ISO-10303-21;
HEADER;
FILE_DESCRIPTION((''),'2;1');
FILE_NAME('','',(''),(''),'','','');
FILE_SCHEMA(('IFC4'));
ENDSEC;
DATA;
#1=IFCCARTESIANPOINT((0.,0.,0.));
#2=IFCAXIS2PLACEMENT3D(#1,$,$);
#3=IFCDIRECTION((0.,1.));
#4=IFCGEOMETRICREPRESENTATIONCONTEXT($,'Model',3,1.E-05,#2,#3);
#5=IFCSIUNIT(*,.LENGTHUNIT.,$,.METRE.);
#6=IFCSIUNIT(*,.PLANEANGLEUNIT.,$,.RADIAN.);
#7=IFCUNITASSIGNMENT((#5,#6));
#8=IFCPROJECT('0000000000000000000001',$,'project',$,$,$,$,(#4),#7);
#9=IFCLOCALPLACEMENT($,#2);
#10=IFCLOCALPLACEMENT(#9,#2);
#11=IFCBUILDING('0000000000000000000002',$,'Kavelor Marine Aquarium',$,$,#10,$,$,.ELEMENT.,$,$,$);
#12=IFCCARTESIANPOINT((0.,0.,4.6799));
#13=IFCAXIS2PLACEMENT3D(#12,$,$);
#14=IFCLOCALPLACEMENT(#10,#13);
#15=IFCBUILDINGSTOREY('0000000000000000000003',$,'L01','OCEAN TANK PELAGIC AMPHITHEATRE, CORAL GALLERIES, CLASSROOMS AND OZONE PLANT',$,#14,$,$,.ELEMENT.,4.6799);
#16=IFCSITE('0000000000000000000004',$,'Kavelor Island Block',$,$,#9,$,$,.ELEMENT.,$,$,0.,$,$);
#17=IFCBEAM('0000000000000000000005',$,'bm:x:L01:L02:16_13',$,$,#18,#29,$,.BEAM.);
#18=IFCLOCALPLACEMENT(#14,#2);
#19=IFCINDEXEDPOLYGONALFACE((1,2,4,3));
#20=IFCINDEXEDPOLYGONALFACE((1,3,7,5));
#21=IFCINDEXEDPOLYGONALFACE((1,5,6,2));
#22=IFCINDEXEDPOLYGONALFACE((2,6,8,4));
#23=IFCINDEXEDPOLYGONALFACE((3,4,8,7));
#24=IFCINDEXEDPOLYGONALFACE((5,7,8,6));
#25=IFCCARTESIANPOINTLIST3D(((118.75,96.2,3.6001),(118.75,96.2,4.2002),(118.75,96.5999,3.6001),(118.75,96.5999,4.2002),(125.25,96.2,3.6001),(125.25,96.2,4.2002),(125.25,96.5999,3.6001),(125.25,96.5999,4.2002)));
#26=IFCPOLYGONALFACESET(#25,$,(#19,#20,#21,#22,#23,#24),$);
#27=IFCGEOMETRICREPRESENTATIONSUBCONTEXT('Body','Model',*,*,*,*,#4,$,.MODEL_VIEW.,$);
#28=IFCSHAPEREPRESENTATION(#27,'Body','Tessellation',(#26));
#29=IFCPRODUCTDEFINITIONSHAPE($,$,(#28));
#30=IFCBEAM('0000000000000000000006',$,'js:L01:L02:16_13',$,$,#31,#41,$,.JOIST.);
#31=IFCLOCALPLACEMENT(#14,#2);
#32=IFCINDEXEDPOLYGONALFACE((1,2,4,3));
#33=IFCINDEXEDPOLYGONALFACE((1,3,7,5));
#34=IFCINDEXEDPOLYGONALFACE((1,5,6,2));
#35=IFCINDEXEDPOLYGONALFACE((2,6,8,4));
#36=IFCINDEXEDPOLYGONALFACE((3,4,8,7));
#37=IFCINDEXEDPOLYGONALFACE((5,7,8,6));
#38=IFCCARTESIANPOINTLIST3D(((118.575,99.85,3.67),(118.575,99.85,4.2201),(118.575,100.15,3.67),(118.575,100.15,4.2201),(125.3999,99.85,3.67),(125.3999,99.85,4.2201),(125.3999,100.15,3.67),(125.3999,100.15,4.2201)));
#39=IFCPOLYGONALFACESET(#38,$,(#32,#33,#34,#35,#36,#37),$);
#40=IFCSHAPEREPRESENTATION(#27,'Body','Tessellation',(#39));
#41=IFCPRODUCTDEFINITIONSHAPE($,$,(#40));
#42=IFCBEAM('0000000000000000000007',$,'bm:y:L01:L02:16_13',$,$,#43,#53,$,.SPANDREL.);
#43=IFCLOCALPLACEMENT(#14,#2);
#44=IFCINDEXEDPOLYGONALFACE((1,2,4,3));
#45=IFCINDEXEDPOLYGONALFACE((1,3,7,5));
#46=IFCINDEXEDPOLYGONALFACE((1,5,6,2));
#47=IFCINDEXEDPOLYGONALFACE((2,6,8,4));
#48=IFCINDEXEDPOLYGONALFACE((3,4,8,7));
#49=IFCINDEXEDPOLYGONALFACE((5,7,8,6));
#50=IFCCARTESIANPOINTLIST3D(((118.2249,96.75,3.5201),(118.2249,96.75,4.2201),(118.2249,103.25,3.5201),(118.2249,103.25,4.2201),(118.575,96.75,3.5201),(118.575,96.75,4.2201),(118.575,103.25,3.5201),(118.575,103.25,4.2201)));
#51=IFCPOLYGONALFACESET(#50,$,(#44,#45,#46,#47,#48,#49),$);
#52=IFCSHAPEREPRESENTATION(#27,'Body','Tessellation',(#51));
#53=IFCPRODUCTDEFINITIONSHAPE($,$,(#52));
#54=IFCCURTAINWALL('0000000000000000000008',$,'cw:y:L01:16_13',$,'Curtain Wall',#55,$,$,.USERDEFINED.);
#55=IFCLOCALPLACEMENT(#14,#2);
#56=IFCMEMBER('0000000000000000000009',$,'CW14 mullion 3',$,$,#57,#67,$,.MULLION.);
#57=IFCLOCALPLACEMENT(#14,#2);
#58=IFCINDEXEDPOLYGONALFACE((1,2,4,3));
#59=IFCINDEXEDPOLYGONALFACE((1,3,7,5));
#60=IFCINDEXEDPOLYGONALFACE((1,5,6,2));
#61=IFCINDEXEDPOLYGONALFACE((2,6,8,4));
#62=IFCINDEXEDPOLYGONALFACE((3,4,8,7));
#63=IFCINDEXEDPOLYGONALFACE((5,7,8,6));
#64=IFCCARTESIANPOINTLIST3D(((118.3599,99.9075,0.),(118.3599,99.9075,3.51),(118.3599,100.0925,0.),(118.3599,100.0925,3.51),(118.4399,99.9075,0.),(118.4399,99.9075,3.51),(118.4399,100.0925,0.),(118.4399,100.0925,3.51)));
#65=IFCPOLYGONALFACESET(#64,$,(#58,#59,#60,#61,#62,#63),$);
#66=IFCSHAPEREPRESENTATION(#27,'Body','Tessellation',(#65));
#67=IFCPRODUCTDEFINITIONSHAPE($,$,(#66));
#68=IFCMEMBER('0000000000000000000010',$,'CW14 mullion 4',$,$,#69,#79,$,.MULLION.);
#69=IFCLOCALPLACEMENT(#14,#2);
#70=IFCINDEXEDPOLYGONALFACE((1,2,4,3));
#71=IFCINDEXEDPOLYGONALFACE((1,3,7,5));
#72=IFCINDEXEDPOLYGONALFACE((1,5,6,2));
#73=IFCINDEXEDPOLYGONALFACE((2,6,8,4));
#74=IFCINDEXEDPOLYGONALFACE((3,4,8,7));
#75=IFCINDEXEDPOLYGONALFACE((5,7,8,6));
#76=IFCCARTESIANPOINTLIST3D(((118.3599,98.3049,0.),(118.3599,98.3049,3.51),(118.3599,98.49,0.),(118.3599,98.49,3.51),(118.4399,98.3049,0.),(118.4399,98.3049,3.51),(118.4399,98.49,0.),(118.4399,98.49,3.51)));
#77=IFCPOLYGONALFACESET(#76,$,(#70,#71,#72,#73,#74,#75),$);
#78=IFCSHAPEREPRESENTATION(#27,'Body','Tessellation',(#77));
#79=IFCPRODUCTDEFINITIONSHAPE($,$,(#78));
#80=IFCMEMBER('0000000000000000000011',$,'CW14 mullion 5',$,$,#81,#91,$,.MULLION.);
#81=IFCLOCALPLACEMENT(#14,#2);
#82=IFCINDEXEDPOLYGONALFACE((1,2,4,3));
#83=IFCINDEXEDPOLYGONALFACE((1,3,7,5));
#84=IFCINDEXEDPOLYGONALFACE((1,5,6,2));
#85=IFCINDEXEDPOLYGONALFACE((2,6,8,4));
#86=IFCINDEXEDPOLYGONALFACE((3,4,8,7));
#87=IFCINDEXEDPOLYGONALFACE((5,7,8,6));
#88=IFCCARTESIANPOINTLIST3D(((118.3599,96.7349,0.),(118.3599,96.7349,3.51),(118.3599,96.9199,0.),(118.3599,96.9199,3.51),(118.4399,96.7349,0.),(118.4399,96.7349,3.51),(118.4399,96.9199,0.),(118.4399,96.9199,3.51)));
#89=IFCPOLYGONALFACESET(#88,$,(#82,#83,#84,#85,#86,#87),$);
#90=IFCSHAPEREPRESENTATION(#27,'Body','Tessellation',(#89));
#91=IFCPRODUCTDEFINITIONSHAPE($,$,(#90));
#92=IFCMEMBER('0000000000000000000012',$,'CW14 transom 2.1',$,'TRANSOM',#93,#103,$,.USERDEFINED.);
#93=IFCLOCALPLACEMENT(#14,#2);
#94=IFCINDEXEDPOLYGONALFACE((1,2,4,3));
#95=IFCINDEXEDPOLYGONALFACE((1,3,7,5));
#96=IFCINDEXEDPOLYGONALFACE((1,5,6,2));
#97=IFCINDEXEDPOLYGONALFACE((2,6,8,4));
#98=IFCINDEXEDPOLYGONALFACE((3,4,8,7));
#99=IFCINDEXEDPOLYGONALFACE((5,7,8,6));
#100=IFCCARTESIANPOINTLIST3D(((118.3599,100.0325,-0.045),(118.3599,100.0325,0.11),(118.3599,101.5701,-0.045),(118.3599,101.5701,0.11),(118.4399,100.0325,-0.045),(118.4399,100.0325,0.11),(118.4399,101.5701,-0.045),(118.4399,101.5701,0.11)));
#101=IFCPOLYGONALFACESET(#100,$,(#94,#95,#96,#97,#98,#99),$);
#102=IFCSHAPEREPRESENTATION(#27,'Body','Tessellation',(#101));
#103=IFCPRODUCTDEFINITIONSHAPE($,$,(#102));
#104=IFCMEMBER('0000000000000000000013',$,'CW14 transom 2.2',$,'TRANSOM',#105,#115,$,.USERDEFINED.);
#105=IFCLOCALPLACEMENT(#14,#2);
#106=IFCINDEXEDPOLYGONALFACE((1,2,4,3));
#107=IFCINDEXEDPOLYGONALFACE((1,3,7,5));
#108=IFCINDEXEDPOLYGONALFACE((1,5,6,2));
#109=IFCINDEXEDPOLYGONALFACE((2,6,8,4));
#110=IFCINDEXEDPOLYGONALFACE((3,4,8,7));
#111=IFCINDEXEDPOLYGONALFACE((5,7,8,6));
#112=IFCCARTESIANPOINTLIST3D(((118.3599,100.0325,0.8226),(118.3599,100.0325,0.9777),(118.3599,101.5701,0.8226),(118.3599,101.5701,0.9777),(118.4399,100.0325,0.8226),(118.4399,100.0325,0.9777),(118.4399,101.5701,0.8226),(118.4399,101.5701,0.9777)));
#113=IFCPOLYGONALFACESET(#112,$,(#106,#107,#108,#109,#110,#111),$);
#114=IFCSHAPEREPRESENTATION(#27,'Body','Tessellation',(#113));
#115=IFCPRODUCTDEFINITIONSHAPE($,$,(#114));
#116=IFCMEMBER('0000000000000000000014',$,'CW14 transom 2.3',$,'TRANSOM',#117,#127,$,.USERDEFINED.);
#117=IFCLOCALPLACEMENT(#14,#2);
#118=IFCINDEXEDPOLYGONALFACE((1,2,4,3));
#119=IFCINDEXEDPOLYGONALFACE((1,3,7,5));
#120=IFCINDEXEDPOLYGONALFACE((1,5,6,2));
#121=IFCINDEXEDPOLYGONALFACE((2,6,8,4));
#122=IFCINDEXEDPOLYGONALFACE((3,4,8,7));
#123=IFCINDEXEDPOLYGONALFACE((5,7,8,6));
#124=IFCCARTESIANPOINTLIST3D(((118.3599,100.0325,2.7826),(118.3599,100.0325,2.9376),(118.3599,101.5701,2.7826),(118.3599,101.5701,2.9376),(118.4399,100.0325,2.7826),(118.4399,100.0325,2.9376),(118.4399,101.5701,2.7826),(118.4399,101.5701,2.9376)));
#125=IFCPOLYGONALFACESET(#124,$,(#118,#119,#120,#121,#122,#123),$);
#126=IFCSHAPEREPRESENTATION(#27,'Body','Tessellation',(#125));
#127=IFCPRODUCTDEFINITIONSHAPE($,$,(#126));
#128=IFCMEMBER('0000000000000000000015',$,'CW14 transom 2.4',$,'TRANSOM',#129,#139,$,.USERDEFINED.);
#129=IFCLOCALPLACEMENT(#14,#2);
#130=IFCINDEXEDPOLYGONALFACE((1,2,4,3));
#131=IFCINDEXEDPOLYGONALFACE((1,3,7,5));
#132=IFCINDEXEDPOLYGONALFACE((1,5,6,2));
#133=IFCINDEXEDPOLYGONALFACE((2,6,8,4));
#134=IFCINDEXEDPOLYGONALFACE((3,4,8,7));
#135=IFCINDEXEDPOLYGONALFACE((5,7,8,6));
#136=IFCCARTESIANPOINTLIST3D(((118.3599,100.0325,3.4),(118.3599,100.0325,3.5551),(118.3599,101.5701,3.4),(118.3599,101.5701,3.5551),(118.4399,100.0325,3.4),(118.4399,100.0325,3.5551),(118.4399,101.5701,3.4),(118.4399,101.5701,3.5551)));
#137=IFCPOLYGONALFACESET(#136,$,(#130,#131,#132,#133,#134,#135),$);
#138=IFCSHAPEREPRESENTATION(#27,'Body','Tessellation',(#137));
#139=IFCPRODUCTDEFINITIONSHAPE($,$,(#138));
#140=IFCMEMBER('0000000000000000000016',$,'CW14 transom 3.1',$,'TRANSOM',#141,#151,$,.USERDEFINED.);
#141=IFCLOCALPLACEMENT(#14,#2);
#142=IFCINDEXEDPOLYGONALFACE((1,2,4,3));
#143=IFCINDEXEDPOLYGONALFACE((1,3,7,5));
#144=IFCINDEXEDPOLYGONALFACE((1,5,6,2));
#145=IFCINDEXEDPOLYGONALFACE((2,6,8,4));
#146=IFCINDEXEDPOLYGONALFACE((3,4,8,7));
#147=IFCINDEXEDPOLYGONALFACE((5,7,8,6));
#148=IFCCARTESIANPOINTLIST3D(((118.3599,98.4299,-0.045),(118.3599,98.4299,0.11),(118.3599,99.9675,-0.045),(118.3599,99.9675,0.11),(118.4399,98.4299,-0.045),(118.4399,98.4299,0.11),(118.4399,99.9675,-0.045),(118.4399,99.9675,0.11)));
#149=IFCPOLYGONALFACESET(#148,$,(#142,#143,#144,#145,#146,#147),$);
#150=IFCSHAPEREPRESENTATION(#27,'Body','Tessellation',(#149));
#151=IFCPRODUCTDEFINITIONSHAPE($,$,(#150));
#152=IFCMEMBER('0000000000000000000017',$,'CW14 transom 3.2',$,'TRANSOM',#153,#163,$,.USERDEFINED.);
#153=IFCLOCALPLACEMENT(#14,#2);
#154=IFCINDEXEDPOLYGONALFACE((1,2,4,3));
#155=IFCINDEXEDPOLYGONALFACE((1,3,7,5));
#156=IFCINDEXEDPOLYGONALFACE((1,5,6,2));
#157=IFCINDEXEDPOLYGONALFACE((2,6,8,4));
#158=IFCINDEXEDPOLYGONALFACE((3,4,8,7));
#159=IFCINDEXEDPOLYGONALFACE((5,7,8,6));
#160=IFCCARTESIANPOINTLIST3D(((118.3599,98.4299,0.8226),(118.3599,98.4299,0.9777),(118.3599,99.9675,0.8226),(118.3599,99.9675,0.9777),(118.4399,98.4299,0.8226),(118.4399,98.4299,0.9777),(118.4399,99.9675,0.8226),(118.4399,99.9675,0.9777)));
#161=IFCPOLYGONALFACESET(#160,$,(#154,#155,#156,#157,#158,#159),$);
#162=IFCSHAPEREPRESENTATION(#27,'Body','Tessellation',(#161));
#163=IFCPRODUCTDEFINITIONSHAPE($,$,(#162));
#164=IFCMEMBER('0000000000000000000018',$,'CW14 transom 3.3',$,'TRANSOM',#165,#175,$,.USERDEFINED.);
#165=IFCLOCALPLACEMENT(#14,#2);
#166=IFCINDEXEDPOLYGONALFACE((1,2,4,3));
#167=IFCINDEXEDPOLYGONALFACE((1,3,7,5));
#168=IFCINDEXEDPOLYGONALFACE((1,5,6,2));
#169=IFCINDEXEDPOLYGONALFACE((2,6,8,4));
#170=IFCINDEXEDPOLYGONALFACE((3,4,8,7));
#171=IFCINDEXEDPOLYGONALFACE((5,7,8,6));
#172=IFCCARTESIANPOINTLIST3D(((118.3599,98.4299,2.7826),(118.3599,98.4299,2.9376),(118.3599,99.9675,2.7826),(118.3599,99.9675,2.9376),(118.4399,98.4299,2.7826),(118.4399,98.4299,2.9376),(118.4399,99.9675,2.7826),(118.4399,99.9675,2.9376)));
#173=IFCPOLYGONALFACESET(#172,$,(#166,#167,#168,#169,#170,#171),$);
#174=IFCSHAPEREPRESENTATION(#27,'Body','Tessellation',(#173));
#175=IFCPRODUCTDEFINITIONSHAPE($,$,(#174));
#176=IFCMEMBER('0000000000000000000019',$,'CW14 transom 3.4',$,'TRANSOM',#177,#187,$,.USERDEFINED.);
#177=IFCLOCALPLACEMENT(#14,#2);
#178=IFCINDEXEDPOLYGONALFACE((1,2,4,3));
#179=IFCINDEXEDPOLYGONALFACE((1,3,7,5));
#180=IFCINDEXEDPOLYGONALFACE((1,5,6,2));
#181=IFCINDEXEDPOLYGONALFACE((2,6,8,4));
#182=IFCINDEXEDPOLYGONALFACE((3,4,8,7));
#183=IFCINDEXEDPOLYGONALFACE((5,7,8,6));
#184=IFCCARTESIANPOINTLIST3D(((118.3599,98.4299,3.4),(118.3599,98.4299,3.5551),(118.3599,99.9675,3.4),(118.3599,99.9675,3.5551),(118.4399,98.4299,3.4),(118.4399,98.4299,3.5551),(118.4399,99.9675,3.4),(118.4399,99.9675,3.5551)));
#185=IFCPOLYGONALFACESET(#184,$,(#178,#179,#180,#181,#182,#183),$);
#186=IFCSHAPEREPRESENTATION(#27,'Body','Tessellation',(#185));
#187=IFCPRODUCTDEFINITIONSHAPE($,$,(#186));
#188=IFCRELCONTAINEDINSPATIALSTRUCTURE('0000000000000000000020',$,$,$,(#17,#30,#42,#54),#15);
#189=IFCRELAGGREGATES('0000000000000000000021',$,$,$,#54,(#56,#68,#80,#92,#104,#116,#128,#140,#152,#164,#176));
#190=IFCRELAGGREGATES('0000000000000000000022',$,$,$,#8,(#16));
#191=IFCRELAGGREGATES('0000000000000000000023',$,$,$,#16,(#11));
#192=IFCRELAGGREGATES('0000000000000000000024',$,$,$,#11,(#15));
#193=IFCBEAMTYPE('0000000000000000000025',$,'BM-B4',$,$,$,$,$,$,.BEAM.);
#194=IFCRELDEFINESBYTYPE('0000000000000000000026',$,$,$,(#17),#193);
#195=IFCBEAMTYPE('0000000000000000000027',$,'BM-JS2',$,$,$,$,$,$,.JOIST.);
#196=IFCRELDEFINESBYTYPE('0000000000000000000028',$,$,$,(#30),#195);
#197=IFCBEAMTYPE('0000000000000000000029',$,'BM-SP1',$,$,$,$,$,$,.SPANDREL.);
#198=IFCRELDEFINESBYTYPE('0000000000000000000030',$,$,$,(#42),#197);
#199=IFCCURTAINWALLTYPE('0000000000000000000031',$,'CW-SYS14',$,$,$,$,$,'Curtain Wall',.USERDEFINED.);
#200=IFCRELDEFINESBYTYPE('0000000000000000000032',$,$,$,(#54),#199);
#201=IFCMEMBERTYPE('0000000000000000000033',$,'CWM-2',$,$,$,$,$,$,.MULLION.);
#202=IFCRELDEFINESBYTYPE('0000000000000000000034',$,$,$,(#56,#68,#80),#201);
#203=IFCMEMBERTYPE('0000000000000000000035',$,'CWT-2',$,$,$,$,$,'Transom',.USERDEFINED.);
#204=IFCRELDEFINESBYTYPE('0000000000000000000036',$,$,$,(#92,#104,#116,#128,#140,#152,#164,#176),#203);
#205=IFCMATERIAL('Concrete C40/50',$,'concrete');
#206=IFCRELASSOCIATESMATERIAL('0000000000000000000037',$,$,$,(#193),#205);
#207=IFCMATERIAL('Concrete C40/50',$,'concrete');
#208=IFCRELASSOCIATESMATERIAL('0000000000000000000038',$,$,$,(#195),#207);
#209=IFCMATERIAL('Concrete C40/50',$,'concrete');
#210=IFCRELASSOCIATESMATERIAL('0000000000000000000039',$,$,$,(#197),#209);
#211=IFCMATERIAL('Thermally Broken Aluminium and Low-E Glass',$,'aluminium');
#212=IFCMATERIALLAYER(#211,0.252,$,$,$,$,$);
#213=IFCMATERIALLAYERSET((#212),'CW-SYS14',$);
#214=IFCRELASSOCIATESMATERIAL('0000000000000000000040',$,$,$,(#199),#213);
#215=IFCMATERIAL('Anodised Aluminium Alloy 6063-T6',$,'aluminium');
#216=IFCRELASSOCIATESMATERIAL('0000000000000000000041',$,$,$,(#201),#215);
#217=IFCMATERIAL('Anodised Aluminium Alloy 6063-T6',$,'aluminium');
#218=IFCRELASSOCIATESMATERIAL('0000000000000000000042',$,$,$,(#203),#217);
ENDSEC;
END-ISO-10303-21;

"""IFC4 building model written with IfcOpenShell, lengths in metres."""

from ifc_helpers import new_model, si_unit, direction, frame, origin, origin_2d, place, context, subcontext, project, spatial, rectangle, extrude, material, layer, layer_set, material_profile, profile_set, type_object, element, aggregate, save


model = new_model("IFC4")

# Units and contexts
model_context = context("Model", 3, precision=1e-05, world=origin(), true_north=direction((0.0, 1.0)))
body_context = subcontext(model_context, "Body", "Model", "MODEL_VIEW")
ifc_project = project(units=[si_unit("LENGTHUNIT", "METRE"), si_unit("PLANEANGLEUNIT", "RADIAN")], contexts=[model_context])

# Site, building, storey
site_placement = place(None, origin())
site = spatial("IfcSite", under=ifc_project, at=site_placement, Name="Kavelor Island Block", CompositionType="ELEMENT", RefElevation=0.0)
building_placement = place(site_placement, origin())
building = spatial("IfcBuilding", under=site, at=building_placement, Name="Kavelor Marine Aquarium", CompositionType="ELEMENT")
storey_placement = place(building_placement, frame((0.0, 0.0, 4.6799)))
storey = spatial("IfcBuildingStorey", under=building, at=storey_placement, Name="L01", Description="OCEAN TANK PELAGIC AMPHITHEATRE, CORAL GALLERIES, CLASSROOMS AND OZONE PLANT", CompositionType="ELEMENT", Elevation=4.6799)

# Beams
ifc_material_1 = material(Name="Concrete C40/50", Category="concrete")
ifc_material_profile_1 = material_profile(ifc_material_1, rectangle(XDim=0.3999, YDim=0.6001, at=origin_2d()), Name="RC-BM 400x600")
ifc_profile_set_1 = profile_set([ifc_material_profile_1], Name="Concrete C40/50")
beam_type_1 = type_object("IfcBeamType", Name="BM-B4", PredefinedType="BEAM", material=ifc_profile_set_1)
beam_1_placement = place(storey_placement, frame((118.75, 96.3999, 3.9001), z_axis=(1.0, 0.0, 0.0), x_axis=(0.0, 1.0, 0.0)))
element("IfcBeam", 1, at=beam_1_placement, inside=storey, type_object=beam_type_1, Name="bm:x:L01:L02:16_13", PredefinedType="BEAM", context=body_context, shape_type="SweptSolid", body=[
    extrude(rectangle(XDim=0.3999, YDim=0.6001, at=origin_2d()), origin(), (0.0, 0.0, 1.0), 6.5),
])
ifc_material_2 = material(Name="Concrete C40/50", Category="concrete")
ifc_material_profile_2 = material_profile(ifc_material_2, rectangle(XDim=0.3, YDim=0.55, at=origin_2d()), Name="RC-JS 300x550")
ifc_profile_set_2 = profile_set([ifc_material_profile_2], Name="Concrete C40/50")
beam_type_2 = type_object("IfcBeamType", Name="BM-JS2", PredefinedType="JOIST", material=ifc_profile_set_2)
beam_2_placement = place(storey_placement, frame((118.575, 100.0, 3.9451), z_axis=(1.0, 0.0, 0.0), x_axis=(0.0, 1.0, 0.0)))
element("IfcBeam", 2, at=beam_2_placement, inside=storey, type_object=beam_type_2, Name="js:L01:L02:16_13", PredefinedType="JOIST", context=body_context, shape_type="SweptSolid", body=[
    extrude(rectangle(XDim=0.3, YDim=0.55, at=origin_2d()), origin(), (0.0, 0.0, 1.0), 6.825),
])
ifc_material_3 = material(Name="Concrete C40/50", Category="concrete")
ifc_material_profile_3 = material_profile(ifc_material_3, rectangle(XDim=0.3501, YDim=0.7, at=origin_2d()), Name="RC-SP 350x700")
ifc_profile_set_3 = profile_set([ifc_material_profile_3], Name="Concrete C40/50")
beam_type_3 = type_object("IfcBeamType", Name="BM-SP1", PredefinedType="SPANDREL", material=ifc_profile_set_3)
beam_3_placement = place(storey_placement, frame((118.3999, 96.75, 3.8701), z_axis=(0.0, 1.0, 0.0), x_axis=(-1.0, 0.0, 0.0)))
element("IfcBeam", 3, at=beam_3_placement, inside=storey, type_object=beam_type_3, Name="bm:y:L01:L02:16_13", PredefinedType="SPANDREL", context=body_context, shape_type="SweptSolid", body=[
    extrude(rectangle(XDim=0.3501, YDim=0.7, at=origin_2d()), origin(), (0.0, 0.0, 1.0), 6.5),
])

# Curtain wall, members
ifc_material_4 = material(Name="Thermally Broken Aluminium and Low-E Glass", Category="aluminium")
ifc_layer_1 = layer(ifc_material_4, 0.252)
ifc_layer_set_1 = layer_set([ifc_layer_1], Name="CW-SYS14")
curtain_wall_type = type_object("IfcCurtainWallType", Name="CW-SYS14", ElementType="Curtain Wall", PredefinedType="USERDEFINED", material=ifc_layer_set_1)
curtain_wall_placement = place(storey_placement, origin())
curtain_wall = element("IfcCurtainWall", 4, at=curtain_wall_placement, inside=storey, type_object=curtain_wall_type, Name="cw:y:L01:16_13", ObjectType="Curtain Wall", PredefinedType="USERDEFINED")
ifc_material_5 = material(Name="Anodised Aluminium Alloy 6063-T6", Category="aluminium")
ifc_material_profile_4 = material_profile(ifc_material_5, rectangle(XDim=0.0801, YDim=0.1851, at=origin_2d()), Name="CW-MUL 80x185")
ifc_profile_set_4 = profile_set([ifc_material_profile_4], Name="Anodised Aluminium Alloy 6063-T6")
member_type_1 = type_object("IfcMemberType", Name="CWM-2", PredefinedType="MULLION", material=ifc_profile_set_4)
member_1_placement = place(storey_placement, frame((118.3999, 100.0, 0.0), z_axis=(0.0, 0.0, 1.0), x_axis=(1.0, 0.0, 0.0)))
member_1 = element("IfcMember", 5, at=member_1_placement, type_object=member_type_1, Name="CW14 mullion 3", PredefinedType="MULLION", context=body_context, shape_type="SweptSolid", body=[
    extrude(rectangle(XDim=0.0801, YDim=0.1851, at=origin_2d()), origin(), (0.0, 0.0, 1.0), 3.51),
])
member_2_placement = place(storey_placement, frame((118.3999, 98.3975, 0.0), z_axis=(0.0, 0.0, 1.0), x_axis=(1.0, 0.0, 0.0)))
member_2 = element("IfcMember", 6, at=member_2_placement, type_object=member_type_1, Name="CW14 mullion 4", PredefinedType="MULLION", context=body_context, shape_type="SweptSolid", body=[
    extrude(rectangle(XDim=0.0801, YDim=0.1851, at=origin_2d()), origin(), (0.0, 0.0, 1.0), 3.51),
])
member_3_placement = place(storey_placement, frame((118.3999, 96.8274, 0.0), z_axis=(0.0, 0.0, 1.0), x_axis=(1.0, 0.0, 0.0)))
member_3 = element("IfcMember", 7, at=member_3_placement, type_object=member_type_1, Name="CW14 mullion 5", PredefinedType="MULLION", context=body_context, shape_type="SweptSolid", body=[
    extrude(rectangle(XDim=0.0801, YDim=0.1851, at=origin_2d()), origin(), (0.0, 0.0, 1.0), 3.51),
])
ifc_material_6 = material(Name="Anodised Aluminium Alloy 6063-T6", Category="aluminium")
ifc_material_profile_5 = material_profile(ifc_material_6, rectangle(XDim=0.0801, YDim=0.155, at=origin_2d()), Name="CW-TRN 80x155")
ifc_profile_set_5 = profile_set([ifc_material_profile_5], Name="Anodised Aluminium Alloy 6063-T6")
member_type_2 = type_object("IfcMemberType", Name="CWT-2", ElementType="Transom", PredefinedType="USERDEFINED", material=ifc_profile_set_5)
member_4_placement = place(storey_placement, frame((118.3999, 101.5701, 0.0325), z_axis=(0.0, -1.0, 0.0), x_axis=(1.0, 0.0, 0.0)))
member_4 = element("IfcMember", 8, at=member_4_placement, type_object=member_type_2, Name="CW14 transom 2.1", ObjectType="TRANSOM", PredefinedType="USERDEFINED", context=body_context, shape_type="SweptSolid", body=[
    extrude(rectangle(XDim=0.0801, YDim=0.155, at=origin_2d()), origin(), (0.0, 0.0, 1.0), 1.5376),
])
member_5_placement = place(storey_placement, frame((118.3999, 101.5701, 0.9001), z_axis=(0.0, -1.0, 0.0), x_axis=(1.0, 0.0, 0.0)))
member_5 = element("IfcMember", 9, at=member_5_placement, type_object=member_type_2, Name="CW14 transom 2.2", ObjectType="TRANSOM", PredefinedType="USERDEFINED", context=body_context, shape_type="SweptSolid", body=[
    extrude(rectangle(XDim=0.0801, YDim=0.155, at=origin_2d()), origin(), (0.0, 0.0, 1.0), 1.5376),
])
member_6_placement = place(storey_placement, frame((118.3999, 101.5701, 2.8601), z_axis=(0.0, -1.0, 0.0), x_axis=(1.0, 0.0, 0.0)))
member_6 = element("IfcMember", 10, at=member_6_placement, type_object=member_type_2, Name="CW14 transom 2.3", ObjectType="TRANSOM", PredefinedType="USERDEFINED", context=body_context, shape_type="SweptSolid", body=[
    extrude(rectangle(XDim=0.0801, YDim=0.155, at=origin_2d()), origin(), (0.0, 0.0, 1.0), 1.5376),
])
member_7_placement = place(storey_placement, frame((118.3999, 101.5701, 3.4775), z_axis=(0.0, -1.0, 0.0), x_axis=(1.0, 0.0, 0.0)))
member_7 = element("IfcMember", 11, at=member_7_placement, type_object=member_type_2, Name="CW14 transom 2.4", ObjectType="TRANSOM", PredefinedType="USERDEFINED", context=body_context, shape_type="SweptSolid", body=[
    extrude(rectangle(XDim=0.0801, YDim=0.155, at=origin_2d()), origin(), (0.0, 0.0, 1.0), 1.5376),
])
member_8_placement = place(storey_placement, frame((118.3999, 99.9675, 0.0325), z_axis=(0.0, -1.0, 0.0), x_axis=(1.0, 0.0, 0.0)))
member_8 = element("IfcMember", 12, at=member_8_placement, type_object=member_type_2, Name="CW14 transom 3.1", ObjectType="TRANSOM", PredefinedType="USERDEFINED", context=body_context, shape_type="SweptSolid", body=[
    extrude(rectangle(XDim=0.0801, YDim=0.155, at=origin_2d()), origin(), (0.0, 0.0, 1.0), 1.5376),
])
member_9_placement = place(storey_placement, frame((118.3999, 99.9675, 0.9001), z_axis=(0.0, -1.0, 0.0), x_axis=(1.0, 0.0, 0.0)))
member_9 = element("IfcMember", 13, at=member_9_placement, type_object=member_type_2, Name="CW14 transom 3.2", ObjectType="TRANSOM", PredefinedType="USERDEFINED", context=body_context, shape_type="SweptSolid", body=[
    extrude(rectangle(XDim=0.0801, YDim=0.155, at=origin_2d()), origin(), (0.0, 0.0, 1.0), 1.5376),
])
member_10_placement = place(storey_placement, frame((118.3999, 99.9675, 2.8601), z_axis=(0.0, -1.0, 0.0), x_axis=(1.0, 0.0, 0.0)))
member_10 = element("IfcMember", 14, at=member_10_placement, type_object=member_type_2, Name="CW14 transom 3.3", ObjectType="TRANSOM", PredefinedType="USERDEFINED", context=body_context, shape_type="SweptSolid", body=[
    extrude(rectangle(XDim=0.0801, YDim=0.155, at=origin_2d()), origin(), (0.0, 0.0, 1.0), 1.5376),
])
member_11_placement = place(storey_placement, frame((118.3999, 99.9675, 3.4775), z_axis=(0.0, -1.0, 0.0), x_axis=(1.0, 0.0, 0.0)))
member_11 = element("IfcMember", 15, at=member_11_placement, type_object=member_type_2, Name="CW14 transom 3.4", ObjectType="TRANSOM", PredefinedType="USERDEFINED", context=body_context, shape_type="SweptSolid", body=[
    extrude(rectangle(XDim=0.0801, YDim=0.155, at=origin_2d()), origin(), (0.0, 0.0, 1.0), 1.5376),
])
aggregate(curtain_wall, [member_1, member_2, member_3, member_4, member_5, member_6, member_7, member_8, member_9, member_10, member_11])

save(model, "model.ifc")
